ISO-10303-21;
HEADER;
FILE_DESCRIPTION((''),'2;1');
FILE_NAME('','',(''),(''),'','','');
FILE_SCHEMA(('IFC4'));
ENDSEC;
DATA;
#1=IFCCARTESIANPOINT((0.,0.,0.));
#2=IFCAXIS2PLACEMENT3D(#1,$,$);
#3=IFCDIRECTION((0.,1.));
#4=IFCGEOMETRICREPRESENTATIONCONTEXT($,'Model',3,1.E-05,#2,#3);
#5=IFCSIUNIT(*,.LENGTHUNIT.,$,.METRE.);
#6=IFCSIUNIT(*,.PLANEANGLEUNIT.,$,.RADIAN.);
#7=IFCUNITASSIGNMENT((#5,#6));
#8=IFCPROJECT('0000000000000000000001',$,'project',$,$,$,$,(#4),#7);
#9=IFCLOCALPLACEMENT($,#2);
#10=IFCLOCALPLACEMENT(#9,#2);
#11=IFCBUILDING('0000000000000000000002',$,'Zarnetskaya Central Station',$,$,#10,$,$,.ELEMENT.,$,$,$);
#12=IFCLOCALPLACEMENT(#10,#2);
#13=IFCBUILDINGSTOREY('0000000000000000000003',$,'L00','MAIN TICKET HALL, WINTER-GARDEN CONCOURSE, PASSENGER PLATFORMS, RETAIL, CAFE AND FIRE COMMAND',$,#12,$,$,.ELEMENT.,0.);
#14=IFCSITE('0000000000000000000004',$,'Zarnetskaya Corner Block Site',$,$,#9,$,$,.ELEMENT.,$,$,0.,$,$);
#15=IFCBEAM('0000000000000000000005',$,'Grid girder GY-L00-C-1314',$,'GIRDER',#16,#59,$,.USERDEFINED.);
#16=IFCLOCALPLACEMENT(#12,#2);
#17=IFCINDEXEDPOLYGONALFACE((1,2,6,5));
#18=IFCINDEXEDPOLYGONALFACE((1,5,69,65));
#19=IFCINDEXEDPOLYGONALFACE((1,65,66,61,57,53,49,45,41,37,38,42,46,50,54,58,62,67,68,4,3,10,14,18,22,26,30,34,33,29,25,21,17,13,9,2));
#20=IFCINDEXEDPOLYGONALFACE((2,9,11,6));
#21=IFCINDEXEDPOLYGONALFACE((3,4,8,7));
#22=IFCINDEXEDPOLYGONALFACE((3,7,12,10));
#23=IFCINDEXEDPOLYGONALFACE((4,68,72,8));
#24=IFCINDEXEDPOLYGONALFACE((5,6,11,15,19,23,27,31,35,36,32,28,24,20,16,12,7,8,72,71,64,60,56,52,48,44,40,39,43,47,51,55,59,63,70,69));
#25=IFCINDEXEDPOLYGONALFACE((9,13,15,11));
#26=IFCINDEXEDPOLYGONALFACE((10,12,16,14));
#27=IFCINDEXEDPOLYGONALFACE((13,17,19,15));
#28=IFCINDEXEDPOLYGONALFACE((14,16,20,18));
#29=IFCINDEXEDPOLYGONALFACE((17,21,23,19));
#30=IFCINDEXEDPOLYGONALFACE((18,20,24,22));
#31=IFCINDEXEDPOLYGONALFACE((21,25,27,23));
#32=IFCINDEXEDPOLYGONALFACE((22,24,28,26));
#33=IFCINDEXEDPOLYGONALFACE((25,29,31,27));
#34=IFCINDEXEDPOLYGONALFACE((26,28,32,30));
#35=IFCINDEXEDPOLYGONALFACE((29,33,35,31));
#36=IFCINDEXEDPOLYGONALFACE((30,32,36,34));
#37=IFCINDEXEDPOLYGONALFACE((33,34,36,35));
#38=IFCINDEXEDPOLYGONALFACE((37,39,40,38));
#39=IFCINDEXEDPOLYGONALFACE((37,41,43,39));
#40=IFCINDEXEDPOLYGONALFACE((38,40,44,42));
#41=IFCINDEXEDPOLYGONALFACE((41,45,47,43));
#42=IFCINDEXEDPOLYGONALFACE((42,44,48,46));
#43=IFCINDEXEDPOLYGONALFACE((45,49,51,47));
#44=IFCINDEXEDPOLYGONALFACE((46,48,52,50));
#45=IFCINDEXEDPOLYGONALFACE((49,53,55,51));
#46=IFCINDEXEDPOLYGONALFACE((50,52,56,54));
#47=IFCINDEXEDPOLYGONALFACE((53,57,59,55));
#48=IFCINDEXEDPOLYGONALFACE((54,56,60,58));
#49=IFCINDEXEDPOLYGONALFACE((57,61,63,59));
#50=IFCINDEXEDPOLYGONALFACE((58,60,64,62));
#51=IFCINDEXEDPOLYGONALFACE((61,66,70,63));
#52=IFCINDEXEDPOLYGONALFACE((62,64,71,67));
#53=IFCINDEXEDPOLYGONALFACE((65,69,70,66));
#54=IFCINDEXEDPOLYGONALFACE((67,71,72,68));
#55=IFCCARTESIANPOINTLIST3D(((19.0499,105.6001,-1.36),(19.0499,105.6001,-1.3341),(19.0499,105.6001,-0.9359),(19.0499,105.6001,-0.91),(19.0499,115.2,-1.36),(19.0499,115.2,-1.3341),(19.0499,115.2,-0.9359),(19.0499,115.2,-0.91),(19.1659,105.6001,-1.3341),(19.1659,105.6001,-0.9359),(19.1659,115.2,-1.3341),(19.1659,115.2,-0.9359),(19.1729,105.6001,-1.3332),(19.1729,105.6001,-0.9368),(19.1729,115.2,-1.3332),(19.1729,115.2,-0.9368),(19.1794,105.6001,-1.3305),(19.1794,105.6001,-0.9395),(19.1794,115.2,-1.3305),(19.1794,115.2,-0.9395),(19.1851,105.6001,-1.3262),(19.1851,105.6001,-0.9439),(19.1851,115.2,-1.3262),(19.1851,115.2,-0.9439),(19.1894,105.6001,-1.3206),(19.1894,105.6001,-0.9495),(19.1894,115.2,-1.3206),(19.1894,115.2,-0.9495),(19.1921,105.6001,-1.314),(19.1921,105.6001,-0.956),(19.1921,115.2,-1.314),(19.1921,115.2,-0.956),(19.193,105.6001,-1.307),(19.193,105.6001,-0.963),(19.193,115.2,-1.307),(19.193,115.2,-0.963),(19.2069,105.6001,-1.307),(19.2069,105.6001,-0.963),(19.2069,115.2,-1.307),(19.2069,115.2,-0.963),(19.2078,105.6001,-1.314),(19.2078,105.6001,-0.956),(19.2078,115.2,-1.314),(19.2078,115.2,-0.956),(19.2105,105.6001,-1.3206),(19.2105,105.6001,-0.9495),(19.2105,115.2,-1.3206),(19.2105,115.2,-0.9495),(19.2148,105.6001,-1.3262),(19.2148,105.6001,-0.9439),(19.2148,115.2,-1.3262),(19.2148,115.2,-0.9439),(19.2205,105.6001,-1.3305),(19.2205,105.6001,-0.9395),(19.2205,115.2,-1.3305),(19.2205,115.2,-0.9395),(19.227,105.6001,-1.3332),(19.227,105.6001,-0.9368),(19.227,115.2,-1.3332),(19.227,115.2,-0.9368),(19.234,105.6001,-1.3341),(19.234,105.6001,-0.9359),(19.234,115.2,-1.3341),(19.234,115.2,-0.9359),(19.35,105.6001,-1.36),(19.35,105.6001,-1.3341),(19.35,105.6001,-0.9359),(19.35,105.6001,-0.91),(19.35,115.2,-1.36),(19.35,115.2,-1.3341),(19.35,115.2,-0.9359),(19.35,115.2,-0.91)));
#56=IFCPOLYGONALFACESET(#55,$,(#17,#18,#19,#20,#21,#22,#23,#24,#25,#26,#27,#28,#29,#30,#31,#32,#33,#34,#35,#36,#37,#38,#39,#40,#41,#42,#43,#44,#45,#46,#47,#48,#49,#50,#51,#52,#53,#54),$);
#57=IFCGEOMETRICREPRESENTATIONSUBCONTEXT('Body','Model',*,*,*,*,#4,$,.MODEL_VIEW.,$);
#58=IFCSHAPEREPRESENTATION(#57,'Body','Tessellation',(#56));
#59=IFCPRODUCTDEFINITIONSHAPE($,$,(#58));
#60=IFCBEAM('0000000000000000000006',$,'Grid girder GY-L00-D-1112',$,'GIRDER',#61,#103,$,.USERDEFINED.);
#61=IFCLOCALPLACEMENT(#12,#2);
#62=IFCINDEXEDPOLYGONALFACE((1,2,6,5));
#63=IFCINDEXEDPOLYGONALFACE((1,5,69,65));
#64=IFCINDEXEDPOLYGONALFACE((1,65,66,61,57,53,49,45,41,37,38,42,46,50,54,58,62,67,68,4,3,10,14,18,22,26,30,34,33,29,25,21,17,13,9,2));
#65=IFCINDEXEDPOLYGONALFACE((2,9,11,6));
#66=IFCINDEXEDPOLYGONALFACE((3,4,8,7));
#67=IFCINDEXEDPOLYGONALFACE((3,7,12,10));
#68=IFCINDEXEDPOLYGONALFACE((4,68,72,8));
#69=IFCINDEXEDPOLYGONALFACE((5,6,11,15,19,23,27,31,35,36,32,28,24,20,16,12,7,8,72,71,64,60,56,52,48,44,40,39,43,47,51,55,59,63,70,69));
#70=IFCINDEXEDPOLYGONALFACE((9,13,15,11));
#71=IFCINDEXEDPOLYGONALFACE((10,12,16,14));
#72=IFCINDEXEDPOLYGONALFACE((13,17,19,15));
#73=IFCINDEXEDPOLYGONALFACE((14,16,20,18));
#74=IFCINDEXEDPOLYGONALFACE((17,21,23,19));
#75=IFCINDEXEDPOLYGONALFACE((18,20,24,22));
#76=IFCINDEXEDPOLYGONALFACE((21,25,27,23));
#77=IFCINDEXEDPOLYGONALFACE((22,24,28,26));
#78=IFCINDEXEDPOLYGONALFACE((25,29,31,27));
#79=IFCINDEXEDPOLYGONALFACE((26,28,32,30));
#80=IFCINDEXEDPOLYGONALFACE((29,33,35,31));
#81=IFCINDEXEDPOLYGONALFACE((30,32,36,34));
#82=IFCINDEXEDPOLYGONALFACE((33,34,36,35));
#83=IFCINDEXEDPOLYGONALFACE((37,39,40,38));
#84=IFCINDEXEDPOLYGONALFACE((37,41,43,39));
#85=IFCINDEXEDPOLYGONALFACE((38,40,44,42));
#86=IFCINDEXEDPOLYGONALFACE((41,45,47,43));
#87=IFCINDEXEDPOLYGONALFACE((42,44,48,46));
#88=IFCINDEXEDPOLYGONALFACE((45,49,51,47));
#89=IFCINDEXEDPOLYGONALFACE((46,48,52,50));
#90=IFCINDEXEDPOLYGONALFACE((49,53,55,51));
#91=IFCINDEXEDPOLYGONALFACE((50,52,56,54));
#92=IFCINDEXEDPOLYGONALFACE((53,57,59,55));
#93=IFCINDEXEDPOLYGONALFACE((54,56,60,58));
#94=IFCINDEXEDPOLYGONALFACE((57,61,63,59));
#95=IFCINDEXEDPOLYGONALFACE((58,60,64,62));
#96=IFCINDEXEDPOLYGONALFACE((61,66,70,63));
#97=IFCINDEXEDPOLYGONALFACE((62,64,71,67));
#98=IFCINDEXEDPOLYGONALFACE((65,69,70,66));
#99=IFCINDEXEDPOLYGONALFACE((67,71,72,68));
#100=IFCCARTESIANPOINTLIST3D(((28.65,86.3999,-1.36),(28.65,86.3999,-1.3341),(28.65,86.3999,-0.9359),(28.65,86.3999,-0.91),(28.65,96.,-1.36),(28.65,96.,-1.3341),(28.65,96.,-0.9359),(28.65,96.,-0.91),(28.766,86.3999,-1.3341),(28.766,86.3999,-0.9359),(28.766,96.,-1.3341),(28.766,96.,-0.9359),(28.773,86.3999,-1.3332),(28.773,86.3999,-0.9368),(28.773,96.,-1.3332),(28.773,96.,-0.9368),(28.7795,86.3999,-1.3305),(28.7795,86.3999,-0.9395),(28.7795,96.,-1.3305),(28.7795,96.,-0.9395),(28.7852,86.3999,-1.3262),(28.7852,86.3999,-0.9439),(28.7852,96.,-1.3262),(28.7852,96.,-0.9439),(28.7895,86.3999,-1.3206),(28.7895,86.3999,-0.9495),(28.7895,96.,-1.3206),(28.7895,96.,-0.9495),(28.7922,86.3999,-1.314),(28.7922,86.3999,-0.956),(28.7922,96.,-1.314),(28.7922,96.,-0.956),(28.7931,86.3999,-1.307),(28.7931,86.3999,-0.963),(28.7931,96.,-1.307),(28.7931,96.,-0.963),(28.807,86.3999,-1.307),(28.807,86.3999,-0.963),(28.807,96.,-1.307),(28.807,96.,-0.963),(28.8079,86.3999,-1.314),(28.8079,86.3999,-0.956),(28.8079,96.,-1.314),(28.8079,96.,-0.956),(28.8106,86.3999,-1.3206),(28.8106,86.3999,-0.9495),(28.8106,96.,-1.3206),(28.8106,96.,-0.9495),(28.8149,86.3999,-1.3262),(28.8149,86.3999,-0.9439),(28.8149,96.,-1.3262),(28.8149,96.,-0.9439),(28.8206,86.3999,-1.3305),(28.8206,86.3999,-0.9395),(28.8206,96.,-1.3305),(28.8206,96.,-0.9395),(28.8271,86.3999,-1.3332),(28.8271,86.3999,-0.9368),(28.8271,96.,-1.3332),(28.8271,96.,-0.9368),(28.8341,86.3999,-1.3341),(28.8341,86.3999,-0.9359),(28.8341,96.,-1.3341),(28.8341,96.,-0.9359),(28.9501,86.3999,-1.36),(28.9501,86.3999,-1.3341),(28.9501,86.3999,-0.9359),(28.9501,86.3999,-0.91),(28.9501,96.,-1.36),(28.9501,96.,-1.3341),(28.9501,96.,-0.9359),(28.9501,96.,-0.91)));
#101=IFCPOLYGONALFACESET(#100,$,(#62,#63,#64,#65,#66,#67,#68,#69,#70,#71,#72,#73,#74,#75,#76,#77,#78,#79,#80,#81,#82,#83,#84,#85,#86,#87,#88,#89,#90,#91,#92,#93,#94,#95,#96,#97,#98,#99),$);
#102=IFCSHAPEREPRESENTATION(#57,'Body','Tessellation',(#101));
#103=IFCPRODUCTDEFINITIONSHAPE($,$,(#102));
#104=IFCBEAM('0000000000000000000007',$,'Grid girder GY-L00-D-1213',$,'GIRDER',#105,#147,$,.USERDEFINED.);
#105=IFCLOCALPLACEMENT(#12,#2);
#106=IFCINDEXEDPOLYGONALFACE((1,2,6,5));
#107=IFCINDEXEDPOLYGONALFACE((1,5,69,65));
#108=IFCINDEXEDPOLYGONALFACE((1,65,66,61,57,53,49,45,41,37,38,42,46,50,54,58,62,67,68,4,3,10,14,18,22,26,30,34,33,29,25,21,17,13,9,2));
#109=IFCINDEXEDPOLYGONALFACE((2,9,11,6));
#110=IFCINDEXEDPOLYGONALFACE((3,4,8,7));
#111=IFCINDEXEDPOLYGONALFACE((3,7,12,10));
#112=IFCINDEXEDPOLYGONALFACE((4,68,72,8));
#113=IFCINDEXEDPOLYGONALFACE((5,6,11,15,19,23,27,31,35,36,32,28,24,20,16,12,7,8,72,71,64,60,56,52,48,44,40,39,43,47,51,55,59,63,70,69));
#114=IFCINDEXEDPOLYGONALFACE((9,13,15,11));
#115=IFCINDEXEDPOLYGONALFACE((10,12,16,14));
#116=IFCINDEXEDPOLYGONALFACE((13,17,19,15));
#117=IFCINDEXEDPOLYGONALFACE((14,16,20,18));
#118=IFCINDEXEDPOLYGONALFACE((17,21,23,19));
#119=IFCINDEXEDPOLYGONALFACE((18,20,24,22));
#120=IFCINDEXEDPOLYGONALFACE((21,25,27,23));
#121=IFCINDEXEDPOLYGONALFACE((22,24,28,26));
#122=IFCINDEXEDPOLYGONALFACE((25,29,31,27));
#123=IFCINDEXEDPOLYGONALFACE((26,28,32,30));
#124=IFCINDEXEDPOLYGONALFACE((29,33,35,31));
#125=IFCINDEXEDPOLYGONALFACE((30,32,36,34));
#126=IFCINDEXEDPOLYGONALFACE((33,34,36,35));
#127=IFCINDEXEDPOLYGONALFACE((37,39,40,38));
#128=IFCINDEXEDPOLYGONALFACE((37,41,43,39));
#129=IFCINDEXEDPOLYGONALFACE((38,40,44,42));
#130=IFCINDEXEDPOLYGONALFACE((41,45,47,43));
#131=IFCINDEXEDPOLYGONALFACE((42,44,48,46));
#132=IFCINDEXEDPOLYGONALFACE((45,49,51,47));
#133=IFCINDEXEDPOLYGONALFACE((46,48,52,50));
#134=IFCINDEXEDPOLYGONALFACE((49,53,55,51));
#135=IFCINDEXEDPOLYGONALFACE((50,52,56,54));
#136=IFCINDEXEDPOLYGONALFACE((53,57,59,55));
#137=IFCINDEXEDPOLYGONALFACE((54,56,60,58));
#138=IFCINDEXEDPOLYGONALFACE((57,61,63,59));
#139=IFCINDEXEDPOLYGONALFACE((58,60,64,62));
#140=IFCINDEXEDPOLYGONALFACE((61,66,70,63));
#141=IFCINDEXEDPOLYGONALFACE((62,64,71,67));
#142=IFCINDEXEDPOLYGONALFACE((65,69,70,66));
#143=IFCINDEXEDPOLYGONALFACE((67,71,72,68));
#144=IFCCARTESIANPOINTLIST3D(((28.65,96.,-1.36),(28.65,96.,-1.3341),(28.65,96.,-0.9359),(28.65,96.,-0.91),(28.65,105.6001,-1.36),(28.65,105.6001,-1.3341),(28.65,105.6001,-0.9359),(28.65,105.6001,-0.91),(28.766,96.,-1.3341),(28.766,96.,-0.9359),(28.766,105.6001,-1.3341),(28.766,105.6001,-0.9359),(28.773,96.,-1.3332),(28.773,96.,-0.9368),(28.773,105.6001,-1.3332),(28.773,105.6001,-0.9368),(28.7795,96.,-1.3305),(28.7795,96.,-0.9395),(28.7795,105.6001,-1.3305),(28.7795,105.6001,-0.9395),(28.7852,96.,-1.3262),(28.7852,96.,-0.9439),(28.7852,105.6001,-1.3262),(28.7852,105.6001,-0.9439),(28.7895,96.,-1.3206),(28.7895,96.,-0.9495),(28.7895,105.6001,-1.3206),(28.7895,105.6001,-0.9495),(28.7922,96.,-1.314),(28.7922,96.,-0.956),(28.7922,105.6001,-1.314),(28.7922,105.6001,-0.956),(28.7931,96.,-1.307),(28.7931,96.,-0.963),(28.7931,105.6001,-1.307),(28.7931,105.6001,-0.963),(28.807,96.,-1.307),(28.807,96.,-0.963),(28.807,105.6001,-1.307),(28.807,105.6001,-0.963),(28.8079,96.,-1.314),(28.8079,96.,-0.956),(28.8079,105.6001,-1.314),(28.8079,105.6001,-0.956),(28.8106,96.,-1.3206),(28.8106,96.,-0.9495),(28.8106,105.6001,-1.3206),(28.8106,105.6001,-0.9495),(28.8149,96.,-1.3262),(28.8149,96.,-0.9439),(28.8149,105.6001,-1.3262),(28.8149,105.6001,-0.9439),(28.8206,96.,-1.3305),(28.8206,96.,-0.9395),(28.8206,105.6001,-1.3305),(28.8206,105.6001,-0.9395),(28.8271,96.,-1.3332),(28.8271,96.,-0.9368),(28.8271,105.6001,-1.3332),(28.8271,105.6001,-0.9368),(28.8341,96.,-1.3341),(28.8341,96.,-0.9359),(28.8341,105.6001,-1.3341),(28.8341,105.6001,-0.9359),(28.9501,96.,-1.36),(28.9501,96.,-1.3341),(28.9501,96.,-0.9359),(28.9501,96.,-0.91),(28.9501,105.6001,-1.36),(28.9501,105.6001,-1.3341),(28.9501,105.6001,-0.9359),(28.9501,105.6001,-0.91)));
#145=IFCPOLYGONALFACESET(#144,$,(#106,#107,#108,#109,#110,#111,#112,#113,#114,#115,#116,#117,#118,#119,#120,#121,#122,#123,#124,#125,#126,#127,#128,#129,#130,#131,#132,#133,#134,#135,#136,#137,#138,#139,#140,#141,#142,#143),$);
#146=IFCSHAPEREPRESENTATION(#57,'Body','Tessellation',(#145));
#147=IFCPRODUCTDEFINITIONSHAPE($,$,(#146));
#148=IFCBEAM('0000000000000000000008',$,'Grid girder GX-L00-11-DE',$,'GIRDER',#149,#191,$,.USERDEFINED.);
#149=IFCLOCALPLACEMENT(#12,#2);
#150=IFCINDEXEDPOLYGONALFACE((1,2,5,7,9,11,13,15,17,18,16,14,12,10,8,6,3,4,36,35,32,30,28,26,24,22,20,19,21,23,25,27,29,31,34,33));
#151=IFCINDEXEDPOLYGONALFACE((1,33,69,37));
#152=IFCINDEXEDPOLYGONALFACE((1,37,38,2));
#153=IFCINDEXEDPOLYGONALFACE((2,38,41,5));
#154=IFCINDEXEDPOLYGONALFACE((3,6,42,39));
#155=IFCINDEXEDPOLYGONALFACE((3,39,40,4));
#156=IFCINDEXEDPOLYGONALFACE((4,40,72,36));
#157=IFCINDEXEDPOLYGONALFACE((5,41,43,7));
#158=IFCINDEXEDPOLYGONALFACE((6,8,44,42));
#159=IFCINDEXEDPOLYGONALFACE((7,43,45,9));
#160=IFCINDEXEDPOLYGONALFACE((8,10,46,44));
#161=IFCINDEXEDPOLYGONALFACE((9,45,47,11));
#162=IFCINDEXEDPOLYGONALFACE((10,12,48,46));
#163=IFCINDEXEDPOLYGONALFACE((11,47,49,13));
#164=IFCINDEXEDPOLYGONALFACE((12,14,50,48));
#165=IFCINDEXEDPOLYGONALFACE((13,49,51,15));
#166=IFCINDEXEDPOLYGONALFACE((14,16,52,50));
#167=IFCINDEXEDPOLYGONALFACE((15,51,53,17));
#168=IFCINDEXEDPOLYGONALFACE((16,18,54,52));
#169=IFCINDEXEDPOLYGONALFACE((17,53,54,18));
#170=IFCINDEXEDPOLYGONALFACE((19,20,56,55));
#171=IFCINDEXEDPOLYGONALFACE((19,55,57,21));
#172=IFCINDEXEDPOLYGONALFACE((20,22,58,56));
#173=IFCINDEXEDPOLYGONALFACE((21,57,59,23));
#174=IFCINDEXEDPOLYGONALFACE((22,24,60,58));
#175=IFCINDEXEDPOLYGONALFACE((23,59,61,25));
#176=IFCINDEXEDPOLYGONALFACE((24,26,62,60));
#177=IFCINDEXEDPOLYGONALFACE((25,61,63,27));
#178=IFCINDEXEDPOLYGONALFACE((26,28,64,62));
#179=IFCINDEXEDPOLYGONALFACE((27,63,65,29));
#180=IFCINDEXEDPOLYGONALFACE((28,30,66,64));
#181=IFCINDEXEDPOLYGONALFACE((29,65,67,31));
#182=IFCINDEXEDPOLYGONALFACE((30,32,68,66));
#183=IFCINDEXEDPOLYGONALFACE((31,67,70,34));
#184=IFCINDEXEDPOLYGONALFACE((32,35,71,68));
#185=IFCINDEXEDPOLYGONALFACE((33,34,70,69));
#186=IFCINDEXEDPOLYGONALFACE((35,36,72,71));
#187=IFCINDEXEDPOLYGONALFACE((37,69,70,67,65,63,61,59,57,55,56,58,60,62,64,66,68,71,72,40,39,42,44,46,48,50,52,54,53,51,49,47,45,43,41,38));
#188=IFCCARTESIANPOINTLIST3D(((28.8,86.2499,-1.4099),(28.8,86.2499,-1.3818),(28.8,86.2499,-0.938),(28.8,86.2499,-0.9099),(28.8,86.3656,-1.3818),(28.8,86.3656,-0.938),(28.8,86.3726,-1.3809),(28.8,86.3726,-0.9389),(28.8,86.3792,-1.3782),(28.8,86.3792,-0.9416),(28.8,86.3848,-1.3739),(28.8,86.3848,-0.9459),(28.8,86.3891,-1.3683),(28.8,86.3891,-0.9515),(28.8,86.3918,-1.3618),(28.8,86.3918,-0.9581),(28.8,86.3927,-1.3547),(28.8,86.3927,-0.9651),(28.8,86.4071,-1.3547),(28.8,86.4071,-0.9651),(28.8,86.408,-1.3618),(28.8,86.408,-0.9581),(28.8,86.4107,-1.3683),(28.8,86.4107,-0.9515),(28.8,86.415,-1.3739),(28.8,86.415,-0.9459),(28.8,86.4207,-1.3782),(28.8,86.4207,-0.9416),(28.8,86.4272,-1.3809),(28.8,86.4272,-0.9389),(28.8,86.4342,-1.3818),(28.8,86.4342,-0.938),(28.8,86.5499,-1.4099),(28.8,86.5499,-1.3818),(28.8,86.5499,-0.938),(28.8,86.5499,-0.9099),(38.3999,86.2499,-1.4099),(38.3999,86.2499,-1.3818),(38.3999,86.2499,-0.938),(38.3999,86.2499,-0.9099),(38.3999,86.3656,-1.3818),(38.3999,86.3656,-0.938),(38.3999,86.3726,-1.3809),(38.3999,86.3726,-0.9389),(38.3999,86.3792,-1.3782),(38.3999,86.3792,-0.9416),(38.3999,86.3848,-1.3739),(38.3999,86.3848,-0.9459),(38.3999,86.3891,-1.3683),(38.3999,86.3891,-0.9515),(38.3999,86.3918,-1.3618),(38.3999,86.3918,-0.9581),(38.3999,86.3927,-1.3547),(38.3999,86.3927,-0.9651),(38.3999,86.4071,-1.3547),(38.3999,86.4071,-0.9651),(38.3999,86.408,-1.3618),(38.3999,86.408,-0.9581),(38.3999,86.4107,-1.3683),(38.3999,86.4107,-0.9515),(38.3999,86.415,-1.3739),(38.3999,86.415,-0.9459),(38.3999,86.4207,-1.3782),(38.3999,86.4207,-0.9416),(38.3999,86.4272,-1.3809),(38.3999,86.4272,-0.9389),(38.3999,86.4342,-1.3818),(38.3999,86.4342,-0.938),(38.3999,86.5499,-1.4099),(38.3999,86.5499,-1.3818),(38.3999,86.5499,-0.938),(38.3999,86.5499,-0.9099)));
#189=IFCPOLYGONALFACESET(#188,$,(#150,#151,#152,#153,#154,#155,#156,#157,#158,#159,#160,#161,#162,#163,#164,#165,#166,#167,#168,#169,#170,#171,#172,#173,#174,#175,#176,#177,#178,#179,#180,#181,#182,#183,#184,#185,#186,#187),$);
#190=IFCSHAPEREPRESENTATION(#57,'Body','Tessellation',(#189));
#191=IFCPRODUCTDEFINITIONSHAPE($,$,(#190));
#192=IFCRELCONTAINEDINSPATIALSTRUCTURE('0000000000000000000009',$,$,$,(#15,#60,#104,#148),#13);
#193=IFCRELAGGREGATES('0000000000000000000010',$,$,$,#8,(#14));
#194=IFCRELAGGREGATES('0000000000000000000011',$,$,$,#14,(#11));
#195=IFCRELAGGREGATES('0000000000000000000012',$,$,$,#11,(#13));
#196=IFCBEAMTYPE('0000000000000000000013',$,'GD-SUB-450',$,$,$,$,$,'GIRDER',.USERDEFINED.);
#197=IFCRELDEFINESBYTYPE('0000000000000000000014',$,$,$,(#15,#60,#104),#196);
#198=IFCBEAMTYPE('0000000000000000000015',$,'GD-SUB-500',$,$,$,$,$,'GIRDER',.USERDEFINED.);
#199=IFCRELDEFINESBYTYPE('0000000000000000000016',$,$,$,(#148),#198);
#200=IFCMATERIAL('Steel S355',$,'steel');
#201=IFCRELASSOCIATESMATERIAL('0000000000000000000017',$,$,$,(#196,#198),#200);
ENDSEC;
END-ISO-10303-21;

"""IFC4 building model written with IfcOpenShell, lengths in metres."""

from ifc_helpers import new_model, si_unit, direction, frame, origin, origin_2d, place, context, subcontext, project, spatial, i_section, extrude, material, material_profile, profile_set, type_object, element, save


model = new_model("IFC4")

# Units and contexts
model_context = context("Model", 3, precision=1e-05, world=origin(), true_north=direction((0.0, 1.0)))
body_context = subcontext(model_context, "Body", "Model", "MODEL_VIEW")
ifc_project = project(units=[si_unit("LENGTHUNIT", "METRE"), si_unit("PLANEANGLEUNIT", "RADIAN")], contexts=[model_context])

# Site, building, storey
site_placement = place(None, origin())
site = spatial("IfcSite", under=ifc_project, at=site_placement, Name="Zarnetskaya Corner Block Site", CompositionType="ELEMENT", RefElevation=0.0)
building_placement = place(site_placement, origin())
building = spatial("IfcBuilding", under=site, at=building_placement, Name="Zarnetskaya Central Station", CompositionType="ELEMENT")
storey_placement = place(building_placement, origin())
storey = spatial("IfcBuildingStorey", under=building, at=storey_placement, Name="L00", Description="MAIN TICKET HALL, WINTER-GARDEN CONCOURSE, PASSENGER PLATFORMS, RETAIL, CAFE AND FIRE COMMAND", CompositionType="ELEMENT", Elevation=0.0)

# Shared definitions
ifc_material = material(Name="Steel S355", Category="steel")

# Beams
ifc_material_profile_1 = material_profile(ifc_material, i_section(OverallWidth=0.3, OverallDepth=0.45, WebThickness=0.0139, FlangeThickness=0.0259, FilletRadius=0.0271, at=origin_2d()), Name="HEB 450")
ifc_profile_set_1 = profile_set([ifc_material_profile_1], Name="Steel S355")
beam_type_1 = type_object("IfcBeamType", Name="GD-SUB-450", ElementType="GIRDER", PredefinedType="USERDEFINED", material=ifc_profile_set_1)
beam_1_placement = place(storey_placement, frame((19.2, 105.6001, -1.135), z_axis=(0.0, 1.0, 0.0), x_axis=(-1.0, 0.0, 0.0)))
element("IfcBeam", 1, at=beam_1_placement, inside=storey, type_object=beam_type_1, Name="Grid girder GY-L00-C-1314", ObjectType="GIRDER", PredefinedType="USERDEFINED", context=body_context, shape_type="SweptSolid", body=[
    extrude(i_section(OverallWidth=0.3, OverallDepth=0.45, WebThickness=0.0139, FlangeThickness=0.0259, FilletRadius=0.0271, at=origin_2d()), origin(), (0.0, 0.0, 1.0), 9.5999),
])
for number, where, z_axis, x_axis, name in (
    (2, (28.8, 86.3999, -1.135), (0.0, 1.0, 0.0), (-1.0, 0.0, 0.0), "Grid girder GY-L00-D-1112"),
    (3, (28.8, 96.0, -1.135), (0.0, 1.0, 0.0), (-1.0, 0.0, 0.0), "Grid girder GY-L00-D-1213"),
):
    element("IfcBeam", number, at=place(storey_placement, frame(where, z_axis=z_axis, x_axis=x_axis)), inside=storey, type_object=beam_type_1, Name=name, ObjectType="GIRDER", PredefinedType="USERDEFINED", context=body_context, shape_type="SweptSolid", body=[
        extrude(i_section(OverallWidth=0.3, OverallDepth=0.45, WebThickness=0.0139, FlangeThickness=0.0259, FilletRadius=0.0271, at=origin_2d()), origin(), (0.0, 0.0, 1.0), 9.6001),
    ])
ifc_material_profile_2 = material_profile(ifc_material, i_section(OverallWidth=0.3, OverallDepth=0.5, WebThickness=0.0144, FlangeThickness=0.0281, FilletRadius=0.0271, at=origin_2d()), Name="HEB 500")
ifc_profile_set_2 = profile_set([ifc_material_profile_2], Name="Steel S355")
beam_type_2 = type_object("IfcBeamType", Name="GD-SUB-500", ElementType="GIRDER", PredefinedType="USERDEFINED", material=ifc_profile_set_2)
for number, where, z_axis, x_axis, name in (
    (4, (28.8, 86.3999, -1.1599), (1.0, 0.0, 0.0), (0.0, 1.0, 0.0), "Grid girder GX-L00-11-DE"),
):
    element("IfcBeam", number, at=place(storey_placement, frame(where, z_axis=z_axis, x_axis=x_axis)), inside=storey, type_object=beam_type_2, Name=name, ObjectType="GIRDER", PredefinedType="USERDEFINED", context=body_context, shape_type="SweptSolid", body=[
        extrude(i_section(OverallWidth=0.3, OverallDepth=0.5, WebThickness=0.0144, FlangeThickness=0.0281, FilletRadius=0.0271, at=origin_2d()), origin(), (0.0, 0.0, 1.0), 9.5999),
    ])

save(model, "model.ifc")
